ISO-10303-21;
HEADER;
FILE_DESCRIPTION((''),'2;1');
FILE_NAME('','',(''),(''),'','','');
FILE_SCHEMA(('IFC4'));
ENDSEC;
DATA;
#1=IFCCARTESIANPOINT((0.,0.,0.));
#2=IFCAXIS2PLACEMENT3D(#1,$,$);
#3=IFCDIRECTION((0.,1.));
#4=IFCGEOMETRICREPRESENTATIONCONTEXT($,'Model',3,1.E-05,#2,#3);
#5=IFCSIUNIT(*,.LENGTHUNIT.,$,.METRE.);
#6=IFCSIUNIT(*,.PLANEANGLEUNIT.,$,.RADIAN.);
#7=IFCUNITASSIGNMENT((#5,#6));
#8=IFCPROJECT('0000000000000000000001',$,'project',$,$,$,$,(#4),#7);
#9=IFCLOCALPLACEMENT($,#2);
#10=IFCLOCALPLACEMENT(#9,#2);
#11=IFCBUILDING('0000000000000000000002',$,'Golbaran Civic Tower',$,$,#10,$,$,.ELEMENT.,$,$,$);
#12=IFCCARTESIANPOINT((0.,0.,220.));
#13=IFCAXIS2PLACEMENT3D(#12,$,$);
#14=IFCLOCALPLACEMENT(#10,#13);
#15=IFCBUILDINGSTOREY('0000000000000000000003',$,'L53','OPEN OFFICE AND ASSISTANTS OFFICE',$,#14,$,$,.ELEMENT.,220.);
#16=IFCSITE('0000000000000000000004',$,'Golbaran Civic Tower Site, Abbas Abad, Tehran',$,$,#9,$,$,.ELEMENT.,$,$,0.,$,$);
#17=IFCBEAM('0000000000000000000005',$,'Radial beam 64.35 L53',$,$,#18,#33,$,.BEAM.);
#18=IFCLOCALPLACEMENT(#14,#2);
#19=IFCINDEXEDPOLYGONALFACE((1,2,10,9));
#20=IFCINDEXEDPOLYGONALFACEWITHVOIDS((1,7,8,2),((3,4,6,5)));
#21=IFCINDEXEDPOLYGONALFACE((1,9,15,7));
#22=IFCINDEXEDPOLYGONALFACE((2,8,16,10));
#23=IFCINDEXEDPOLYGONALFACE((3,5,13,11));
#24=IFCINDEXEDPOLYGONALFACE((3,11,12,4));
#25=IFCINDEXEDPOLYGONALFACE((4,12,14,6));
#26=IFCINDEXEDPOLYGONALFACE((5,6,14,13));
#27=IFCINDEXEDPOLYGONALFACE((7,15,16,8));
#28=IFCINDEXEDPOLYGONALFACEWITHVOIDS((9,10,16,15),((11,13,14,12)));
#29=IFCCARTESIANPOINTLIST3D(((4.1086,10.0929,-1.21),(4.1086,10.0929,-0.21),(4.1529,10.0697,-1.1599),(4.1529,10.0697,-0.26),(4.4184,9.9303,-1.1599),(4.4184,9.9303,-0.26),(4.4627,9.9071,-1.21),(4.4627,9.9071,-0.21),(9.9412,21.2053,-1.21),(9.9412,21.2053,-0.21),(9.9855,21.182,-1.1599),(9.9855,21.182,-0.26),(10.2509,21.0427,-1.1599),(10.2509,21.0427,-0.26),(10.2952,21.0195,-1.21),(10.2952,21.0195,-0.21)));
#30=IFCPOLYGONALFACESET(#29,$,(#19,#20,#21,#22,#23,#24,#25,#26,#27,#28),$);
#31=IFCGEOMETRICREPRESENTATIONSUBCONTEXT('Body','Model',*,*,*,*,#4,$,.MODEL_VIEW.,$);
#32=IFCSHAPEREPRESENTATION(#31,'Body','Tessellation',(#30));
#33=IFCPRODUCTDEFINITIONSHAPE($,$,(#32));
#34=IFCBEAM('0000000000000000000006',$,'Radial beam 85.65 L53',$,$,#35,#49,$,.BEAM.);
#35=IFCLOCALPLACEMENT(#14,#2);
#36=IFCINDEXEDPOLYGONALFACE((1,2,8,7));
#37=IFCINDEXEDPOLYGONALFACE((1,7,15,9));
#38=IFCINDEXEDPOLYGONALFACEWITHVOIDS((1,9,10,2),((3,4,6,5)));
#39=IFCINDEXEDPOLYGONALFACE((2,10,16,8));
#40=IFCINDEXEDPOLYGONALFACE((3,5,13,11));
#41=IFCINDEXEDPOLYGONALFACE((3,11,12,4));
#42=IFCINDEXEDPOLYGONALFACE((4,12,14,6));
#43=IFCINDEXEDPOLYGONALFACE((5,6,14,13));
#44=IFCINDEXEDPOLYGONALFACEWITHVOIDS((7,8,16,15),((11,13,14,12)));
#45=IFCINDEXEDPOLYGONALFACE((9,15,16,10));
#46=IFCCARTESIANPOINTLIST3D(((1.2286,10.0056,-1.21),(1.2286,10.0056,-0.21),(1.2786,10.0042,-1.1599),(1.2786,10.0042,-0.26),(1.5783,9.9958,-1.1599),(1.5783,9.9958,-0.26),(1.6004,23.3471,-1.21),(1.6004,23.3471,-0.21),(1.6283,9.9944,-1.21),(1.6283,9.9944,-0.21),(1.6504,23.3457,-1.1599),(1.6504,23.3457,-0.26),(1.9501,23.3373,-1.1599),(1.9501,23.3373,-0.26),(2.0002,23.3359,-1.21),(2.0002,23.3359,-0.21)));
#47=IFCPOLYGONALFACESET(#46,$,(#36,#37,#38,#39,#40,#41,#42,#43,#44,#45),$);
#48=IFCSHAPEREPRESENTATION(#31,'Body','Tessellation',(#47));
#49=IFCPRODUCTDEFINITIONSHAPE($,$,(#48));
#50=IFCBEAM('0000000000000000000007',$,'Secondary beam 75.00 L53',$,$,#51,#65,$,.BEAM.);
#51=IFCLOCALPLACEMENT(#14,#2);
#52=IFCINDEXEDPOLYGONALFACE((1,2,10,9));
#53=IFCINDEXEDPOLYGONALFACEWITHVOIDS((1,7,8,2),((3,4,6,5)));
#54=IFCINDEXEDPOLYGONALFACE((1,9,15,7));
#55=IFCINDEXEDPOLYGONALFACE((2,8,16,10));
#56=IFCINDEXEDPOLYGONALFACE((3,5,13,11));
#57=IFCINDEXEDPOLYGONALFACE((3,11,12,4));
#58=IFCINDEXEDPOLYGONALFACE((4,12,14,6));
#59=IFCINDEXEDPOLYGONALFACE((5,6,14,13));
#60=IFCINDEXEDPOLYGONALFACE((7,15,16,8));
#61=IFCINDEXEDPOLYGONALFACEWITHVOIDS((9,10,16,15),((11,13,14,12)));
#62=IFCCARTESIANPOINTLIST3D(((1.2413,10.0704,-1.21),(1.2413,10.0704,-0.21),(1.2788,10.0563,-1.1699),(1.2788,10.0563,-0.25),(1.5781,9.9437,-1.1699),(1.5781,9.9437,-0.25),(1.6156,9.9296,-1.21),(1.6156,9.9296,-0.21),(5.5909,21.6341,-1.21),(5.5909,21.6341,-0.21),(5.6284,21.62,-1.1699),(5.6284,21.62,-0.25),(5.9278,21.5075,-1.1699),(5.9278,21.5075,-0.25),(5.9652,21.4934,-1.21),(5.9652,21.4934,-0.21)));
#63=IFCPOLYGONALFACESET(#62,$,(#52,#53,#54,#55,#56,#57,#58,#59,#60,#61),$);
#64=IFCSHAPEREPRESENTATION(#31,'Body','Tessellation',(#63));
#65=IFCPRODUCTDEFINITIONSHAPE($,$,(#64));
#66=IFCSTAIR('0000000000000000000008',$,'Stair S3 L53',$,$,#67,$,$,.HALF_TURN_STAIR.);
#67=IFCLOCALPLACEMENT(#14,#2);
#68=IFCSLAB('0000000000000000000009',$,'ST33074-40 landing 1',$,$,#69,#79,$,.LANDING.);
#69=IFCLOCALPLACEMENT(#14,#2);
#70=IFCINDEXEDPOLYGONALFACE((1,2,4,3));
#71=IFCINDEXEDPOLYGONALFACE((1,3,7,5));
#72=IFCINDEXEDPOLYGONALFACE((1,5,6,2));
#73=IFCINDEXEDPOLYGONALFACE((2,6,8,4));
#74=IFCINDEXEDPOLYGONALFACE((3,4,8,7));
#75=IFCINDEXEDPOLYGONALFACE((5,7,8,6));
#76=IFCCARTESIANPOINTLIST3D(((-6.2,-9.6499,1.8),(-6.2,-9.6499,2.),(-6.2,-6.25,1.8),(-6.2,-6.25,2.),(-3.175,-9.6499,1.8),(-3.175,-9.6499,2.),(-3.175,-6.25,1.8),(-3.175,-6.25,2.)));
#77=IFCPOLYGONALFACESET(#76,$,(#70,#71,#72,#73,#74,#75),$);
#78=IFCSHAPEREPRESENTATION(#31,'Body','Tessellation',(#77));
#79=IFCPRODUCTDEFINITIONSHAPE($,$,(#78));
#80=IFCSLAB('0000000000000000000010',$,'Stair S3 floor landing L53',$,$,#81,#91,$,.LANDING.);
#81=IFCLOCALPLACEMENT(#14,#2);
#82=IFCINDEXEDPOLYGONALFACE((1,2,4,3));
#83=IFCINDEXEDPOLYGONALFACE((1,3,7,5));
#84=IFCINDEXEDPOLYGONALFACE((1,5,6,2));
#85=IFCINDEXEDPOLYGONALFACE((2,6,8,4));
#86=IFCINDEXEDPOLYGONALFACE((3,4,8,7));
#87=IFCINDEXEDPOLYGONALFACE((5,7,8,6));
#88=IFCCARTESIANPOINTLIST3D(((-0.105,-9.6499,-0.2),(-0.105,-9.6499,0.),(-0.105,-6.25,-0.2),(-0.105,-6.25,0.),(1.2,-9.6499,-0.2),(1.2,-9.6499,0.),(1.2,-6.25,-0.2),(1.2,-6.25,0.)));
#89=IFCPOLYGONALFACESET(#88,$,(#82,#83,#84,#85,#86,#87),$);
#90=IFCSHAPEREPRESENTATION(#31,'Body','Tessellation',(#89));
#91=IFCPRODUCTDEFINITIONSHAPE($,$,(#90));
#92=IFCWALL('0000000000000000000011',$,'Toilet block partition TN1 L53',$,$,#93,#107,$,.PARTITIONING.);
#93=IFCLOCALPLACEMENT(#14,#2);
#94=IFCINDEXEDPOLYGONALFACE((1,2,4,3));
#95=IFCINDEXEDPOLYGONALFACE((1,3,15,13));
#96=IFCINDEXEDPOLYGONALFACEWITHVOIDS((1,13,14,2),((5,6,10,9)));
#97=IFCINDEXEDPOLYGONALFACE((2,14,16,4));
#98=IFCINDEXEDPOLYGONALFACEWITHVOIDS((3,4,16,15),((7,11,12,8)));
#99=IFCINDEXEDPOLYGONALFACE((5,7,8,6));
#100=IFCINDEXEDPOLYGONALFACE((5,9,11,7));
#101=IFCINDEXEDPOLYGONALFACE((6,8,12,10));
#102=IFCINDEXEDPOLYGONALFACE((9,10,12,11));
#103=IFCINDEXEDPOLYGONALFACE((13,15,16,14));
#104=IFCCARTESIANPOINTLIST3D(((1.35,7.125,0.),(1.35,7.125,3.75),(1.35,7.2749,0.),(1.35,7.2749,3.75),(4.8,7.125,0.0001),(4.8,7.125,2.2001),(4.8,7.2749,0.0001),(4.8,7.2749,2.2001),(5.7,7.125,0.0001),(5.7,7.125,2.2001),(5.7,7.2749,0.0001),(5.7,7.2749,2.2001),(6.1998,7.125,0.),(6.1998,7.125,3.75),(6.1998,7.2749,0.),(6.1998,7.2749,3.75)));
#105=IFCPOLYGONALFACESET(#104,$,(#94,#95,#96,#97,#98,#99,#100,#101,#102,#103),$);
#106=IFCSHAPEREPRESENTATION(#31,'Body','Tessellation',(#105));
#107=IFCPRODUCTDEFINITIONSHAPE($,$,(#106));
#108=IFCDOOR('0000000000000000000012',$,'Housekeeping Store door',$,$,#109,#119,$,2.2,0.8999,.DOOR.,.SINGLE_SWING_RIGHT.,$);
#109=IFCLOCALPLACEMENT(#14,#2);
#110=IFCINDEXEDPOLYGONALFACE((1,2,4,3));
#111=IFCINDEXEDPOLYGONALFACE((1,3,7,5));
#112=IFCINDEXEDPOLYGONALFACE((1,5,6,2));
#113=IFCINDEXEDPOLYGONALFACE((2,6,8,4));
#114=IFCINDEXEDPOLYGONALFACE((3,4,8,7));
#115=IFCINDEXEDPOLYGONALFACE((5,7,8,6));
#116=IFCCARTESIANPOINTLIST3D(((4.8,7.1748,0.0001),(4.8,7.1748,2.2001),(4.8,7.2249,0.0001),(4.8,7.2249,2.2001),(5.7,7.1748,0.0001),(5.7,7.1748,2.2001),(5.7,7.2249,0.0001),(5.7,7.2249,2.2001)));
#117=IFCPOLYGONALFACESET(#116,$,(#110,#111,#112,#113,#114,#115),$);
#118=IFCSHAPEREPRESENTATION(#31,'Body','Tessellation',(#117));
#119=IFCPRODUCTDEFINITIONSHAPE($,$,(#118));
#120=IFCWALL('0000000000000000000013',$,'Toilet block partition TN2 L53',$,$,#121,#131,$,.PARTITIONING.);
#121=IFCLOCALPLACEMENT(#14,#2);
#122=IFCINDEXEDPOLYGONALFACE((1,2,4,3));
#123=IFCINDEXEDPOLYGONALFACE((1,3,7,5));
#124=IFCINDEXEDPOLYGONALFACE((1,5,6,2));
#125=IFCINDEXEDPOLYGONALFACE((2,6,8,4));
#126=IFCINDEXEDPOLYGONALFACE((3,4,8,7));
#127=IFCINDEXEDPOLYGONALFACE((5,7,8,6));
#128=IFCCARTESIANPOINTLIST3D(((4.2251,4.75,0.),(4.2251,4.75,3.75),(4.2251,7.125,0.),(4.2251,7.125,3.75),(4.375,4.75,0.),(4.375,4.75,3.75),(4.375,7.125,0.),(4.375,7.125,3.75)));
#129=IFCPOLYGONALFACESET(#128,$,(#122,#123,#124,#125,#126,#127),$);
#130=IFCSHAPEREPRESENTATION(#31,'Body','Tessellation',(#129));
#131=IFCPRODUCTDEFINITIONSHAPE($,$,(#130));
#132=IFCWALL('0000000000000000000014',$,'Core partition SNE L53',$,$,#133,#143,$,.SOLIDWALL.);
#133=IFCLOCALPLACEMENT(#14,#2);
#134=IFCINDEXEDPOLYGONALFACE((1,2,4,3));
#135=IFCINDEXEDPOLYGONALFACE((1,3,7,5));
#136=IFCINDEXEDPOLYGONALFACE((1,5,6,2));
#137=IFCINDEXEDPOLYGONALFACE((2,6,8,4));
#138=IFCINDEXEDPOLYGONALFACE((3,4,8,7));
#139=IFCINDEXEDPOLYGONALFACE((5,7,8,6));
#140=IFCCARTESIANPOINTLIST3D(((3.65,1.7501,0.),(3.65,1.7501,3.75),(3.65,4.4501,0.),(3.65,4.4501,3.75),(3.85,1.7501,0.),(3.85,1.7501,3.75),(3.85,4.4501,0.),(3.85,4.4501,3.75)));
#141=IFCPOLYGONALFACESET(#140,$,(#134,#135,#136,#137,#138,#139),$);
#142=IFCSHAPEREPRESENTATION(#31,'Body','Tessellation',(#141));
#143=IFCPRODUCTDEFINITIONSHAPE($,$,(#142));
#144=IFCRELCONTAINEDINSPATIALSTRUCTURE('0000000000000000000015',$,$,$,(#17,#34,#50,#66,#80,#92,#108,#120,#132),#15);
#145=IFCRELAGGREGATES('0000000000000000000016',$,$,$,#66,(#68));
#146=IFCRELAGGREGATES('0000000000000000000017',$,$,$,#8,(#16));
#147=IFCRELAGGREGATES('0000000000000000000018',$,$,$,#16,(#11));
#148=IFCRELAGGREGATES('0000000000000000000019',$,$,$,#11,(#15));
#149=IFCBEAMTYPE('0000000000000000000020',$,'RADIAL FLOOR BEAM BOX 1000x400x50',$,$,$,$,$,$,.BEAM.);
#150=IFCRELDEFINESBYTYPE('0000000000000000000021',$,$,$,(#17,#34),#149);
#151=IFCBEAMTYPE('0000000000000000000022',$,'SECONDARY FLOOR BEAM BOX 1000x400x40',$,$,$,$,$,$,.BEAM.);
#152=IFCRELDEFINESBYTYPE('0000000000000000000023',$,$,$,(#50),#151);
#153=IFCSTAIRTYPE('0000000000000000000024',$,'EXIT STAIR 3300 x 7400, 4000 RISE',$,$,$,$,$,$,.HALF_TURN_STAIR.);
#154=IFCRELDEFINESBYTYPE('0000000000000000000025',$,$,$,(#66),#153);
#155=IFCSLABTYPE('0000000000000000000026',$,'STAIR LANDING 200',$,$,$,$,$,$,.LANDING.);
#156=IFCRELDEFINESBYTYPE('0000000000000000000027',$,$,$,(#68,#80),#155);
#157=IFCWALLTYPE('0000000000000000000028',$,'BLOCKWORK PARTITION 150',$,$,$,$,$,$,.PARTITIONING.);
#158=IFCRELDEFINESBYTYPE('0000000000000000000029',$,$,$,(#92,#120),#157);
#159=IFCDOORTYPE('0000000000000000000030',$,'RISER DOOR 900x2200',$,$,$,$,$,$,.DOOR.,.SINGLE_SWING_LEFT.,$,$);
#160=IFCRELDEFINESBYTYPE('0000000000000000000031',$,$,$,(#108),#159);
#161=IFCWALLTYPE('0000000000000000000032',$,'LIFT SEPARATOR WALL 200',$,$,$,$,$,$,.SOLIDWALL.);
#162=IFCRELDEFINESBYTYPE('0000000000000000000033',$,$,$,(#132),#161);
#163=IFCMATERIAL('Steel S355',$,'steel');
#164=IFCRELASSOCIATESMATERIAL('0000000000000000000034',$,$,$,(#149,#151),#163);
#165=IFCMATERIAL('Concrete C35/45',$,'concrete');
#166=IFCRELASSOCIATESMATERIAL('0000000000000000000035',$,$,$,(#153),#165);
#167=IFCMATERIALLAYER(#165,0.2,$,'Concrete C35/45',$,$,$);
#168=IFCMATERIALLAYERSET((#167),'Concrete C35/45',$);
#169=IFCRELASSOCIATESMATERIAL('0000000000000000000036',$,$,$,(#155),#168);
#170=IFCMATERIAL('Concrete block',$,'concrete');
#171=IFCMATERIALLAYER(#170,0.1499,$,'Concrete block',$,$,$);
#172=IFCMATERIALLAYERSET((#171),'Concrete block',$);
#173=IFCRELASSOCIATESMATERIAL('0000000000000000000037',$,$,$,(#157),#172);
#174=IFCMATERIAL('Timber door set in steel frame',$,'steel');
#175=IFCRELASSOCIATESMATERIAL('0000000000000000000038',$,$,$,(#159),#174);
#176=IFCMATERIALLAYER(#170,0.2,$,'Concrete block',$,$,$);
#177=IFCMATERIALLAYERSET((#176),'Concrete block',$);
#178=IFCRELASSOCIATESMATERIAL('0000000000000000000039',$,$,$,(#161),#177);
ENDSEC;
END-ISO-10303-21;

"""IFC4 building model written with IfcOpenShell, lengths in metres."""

from ifc_helpers import new_model, si_unit, direction, frame, frame_2d, origin, origin_2d, place, context, subcontext, project, spatial, polyline, rectangle, hollow_rectangle, outline, extrude, material, layer, layer_set, material_profile, profile_set, type_object, element, fill, aggregate, save


model = new_model("IFC4")

# Units and contexts
model_context = context("Model", 3, precision=1e-05, world=origin(), true_north=direction((0.0, 1.0)))
body_context = subcontext(model_context, "Body", "Model", "MODEL_VIEW")
ifc_project = project(units=[si_unit("LENGTHUNIT", "METRE"), si_unit("PLANEANGLEUNIT", "RADIAN")], contexts=[model_context])

# Site, building, storey
site_placement = place(None, origin())
site = spatial("IfcSite", under=ifc_project, at=site_placement, Name="Golbaran Civic Tower Site, Abbas Abad, Tehran", CompositionType="ELEMENT", RefElevation=0.0)
building_placement = place(site_placement, origin())
building = spatial("IfcBuilding", under=site, at=building_placement, Name="Golbaran Civic Tower", CompositionType="ELEMENT")
storey_placement = place(building_placement, frame((0.0, 0.0, 220.0)))
storey = spatial("IfcBuildingStorey", under=building, at=storey_placement, Name="L53", Description="OPEN OFFICE AND ASSISTANTS OFFICE", CompositionType="ELEMENT", Elevation=220.0)

# Beams
ifc_material_1 = material(Name="Steel S355", Category="steel")
ifc_material_profile_1 = material_profile(ifc_material_1, hollow_rectangle(XDim=0.3999, YDim=1.0, WallThickness=0.05, at=origin_2d()), Name="BOX 1000x400x50")
ifc_profile_set_1 = profile_set([ifc_material_profile_1], Name="Steel S355")
beam_type_1 = type_object("IfcBeamType", Name="RADIAL FLOOR BEAM BOX 1000x400x50", PredefinedType="BEAM", material=ifc_profile_set_1)
beam_1_placement = place(storey_placement, frame((4.2856, 10.0, -0.71), z_axis=(0.464744, 0.885445, 0.0), x_axis=(-0.885445, 0.464744, 0.0)))
element("IfcBeam", 1, at=beam_1_placement, inside=storey, type_object=beam_type_1, Name="Radial beam 64.35 L53", PredefinedType="BEAM", context=body_context, shape_type="SweptSolid", body=[
    extrude(hollow_rectangle(XDim=0.3999, YDim=1.0, WallThickness=0.05, at=origin_2d()), origin(), (0.0, 0.0, 1.0), 12.55),
])
beam_2_placement = place(storey_placement, frame((1.4285, 10.0, -0.71), z_axis=(0.027859, 0.999612, 0.0), x_axis=(-0.999612, 0.027859, 0.0)))
element("IfcBeam", 2, at=beam_2_placement, inside=storey, type_object=beam_type_1, Name="Radial beam 85.65 L53", PredefinedType="BEAM", context=body_context, shape_type="SweptSolid", body=[
    extrude(hollow_rectangle(XDim=0.3999, YDim=1.0, WallThickness=0.05, at=origin_2d()), origin(), (0.0, 0.0, 1.0), 13.3467),
])
ifc_material_profile_2 = material_profile(ifc_material_1, hollow_rectangle(XDim=0.3999, YDim=1.0, WallThickness=0.04, at=origin_2d()), Name="BOX 1000x400x40")
ifc_profile_set_2 = profile_set([ifc_material_profile_2], Name="Steel S355")
beam_type_2 = type_object("IfcBeamType", Name="SECONDARY FLOOR BEAM BOX 1000x400x40", PredefinedType="BEAM", material=ifc_profile_set_2)
beam_3_placement = place(storey_placement, frame((1.4285, 10.0, -0.71), z_axis=(0.352061, 0.935977, 0.0), x_axis=(-0.935977, 0.352061, 0.0)))
element("IfcBeam", 3, at=beam_3_placement, inside=storey, type_object=beam_type_2, Name="Secondary beam 75.00 L53", PredefinedType="BEAM", context=body_context, shape_type="SweptSolid", body=[
    extrude(hollow_rectangle(XDim=0.3999, YDim=1.0, WallThickness=0.04, at=origin_2d()), origin(), (0.0, 0.0, 1.0), 12.3547),
])

# Stair, slab
ifc_material_2 = material(Name="Concrete C35/45", Category="concrete")
stair_type = type_object("IfcStairType", Name="EXIT STAIR 3300 x 7400, 4000 RISE", PredefinedType="HALF_TURN_STAIR", material=ifc_material_2)
stair_placement = place(storey_placement, origin())
stair = element("IfcStair", 4, at=stair_placement, inside=storey, type_object=stair_type, Name="Stair S3 L53", PredefinedType="HALF_TURN_STAIR")
ifc_layer_1 = layer(ifc_material_2, 0.2, Name="Concrete C35/45")
ifc_layer_set_1 = layer_set([ifc_layer_1], Name="Concrete C35/45")
slab_type = type_object("IfcSlabType", Name="STAIR LANDING 200", PredefinedType="LANDING", material=ifc_layer_set_1)
slab_1_placement = place(storey_placement, frame((0.0, 0.0, 1.8)))
slab_1 = element("IfcSlab", 5, at=slab_1_placement, type_object=slab_type, Name="ST33074-40 landing 1", PredefinedType="LANDING", context=body_context, shape_type="SweptSolid", body=[
    extrude(outline(polyline([(-3.175, -9.6499), (-6.2, -9.6499), (-6.2, -6.25), (-3.175, -6.25), (-3.175, -9.6499)])), origin(), (0.0, 0.0, 1.0), 0.2),
])
aggregate(stair, [slab_1])

# Slab
slab_2_placement = place(storey_placement, frame((0.0, 0.0, -0.2)))
element("IfcSlab", 6, at=slab_2_placement, inside=storey, type_object=slab_type, Name="Stair S3 floor landing L53", PredefinedType="LANDING", context=body_context, shape_type="SweptSolid", body=[
    extrude(outline(polyline([(1.2, -9.6499), (-0.105, -9.6499), (-0.105, -6.25), (1.2, -6.25), (1.2, -9.6499)])), origin(), (0.0, 0.0, 1.0), 0.2),
])

# Wall, opening, door
ifc_material_3 = material(Name="Concrete block", Category="concrete")
ifc_layer_2 = layer(ifc_material_3, 0.1499, Name="Concrete block")
ifc_layer_set_2 = layer_set([ifc_layer_2], Name="Concrete block")
wall_type_1 = type_object("IfcWallType", Name="BLOCKWORK PARTITION 150", PredefinedType="PARTITIONING", material=ifc_layer_set_2)
wall_1_placement = place(storey_placement, frame((1.3501, 7.2, 0.0), z_axis=(0.0, 0.0, 1.0), x_axis=(1.0, 0.0, 0.0)))
wall_1 = element("IfcWall", 7, at=wall_1_placement, inside=storey, type_object=wall_type_1, Name="Toilet block partition TN1 L53", PredefinedType="PARTITIONING", context=body_context, shape_type="SweptSolid", body=[
    extrude(rectangle(XDim=4.8499, YDim=0.1499, at=frame_2d((2.4248, 0.0))), origin(), (0.0, 0.0, 1.0), 3.75),
])
opening_1_placement = place(wall_1_placement, frame((3.45, 0.0, 0.0)))
opening_1 = element("IfcOpeningElement", 8, at=opening_1_placement, cuts=wall_1, PredefinedType="OPENING", context=body_context, shape_type="SweptSolid", body=[
    extrude(rectangle(XDim=0.8999, YDim=2.2, at=frame_2d((0.45, 1.1001))), frame((0.0, 0.085, 0.0), z_axis=(0.0, -1.0, 0.0), x_axis=(1.0, 0.0, 0.0)), (0.0, 0.0, 1.0), 0.1699),
])
ifc_material_4 = material(Name="Timber door set in steel frame", Category="steel")
door_type_1 = type_object("IfcDoorType", Name="RISER DOOR 900x2200", OperationType="SINGLE_SWING_LEFT", PredefinedType="DOOR", material=ifc_material_4)
door_1_placement = place(opening_1_placement, origin())
door_1 = element("IfcDoor", 9, at=door_1_placement, inside=storey, type_object=door_type_1, Name="Housekeeping Store door", OperationType="SINGLE_SWING_RIGHT", OverallHeight=2.2, OverallWidth=0.8999, PredefinedType="DOOR", context=body_context, shape_type="SweptSolid", body=[
    extrude(rectangle(XDim=0.8999, YDim=2.2, at=frame_2d((0.45, 1.1001))), frame((0.0, 0.0249, 0.0), z_axis=(0.0, -1.0, 0.0), x_axis=(1.0, 0.0, 0.0)), (0.0, 0.0, 1.0), 0.05),
])
fill(opening_1, door_1)

# Walls
wall_2_placement = place(storey_placement, frame((4.3, 4.75, 0.0), z_axis=(0.0, 0.0, 1.0), x_axis=(0.0, 1.0, 0.0)))
element("IfcWall", 10, at=wall_2_placement, inside=storey, type_object=wall_type_1, Name="Toilet block partition TN2 L53", PredefinedType="PARTITIONING", context=body_context, shape_type="SweptSolid", body=[
    extrude(rectangle(XDim=2.375, YDim=0.1499, at=frame_2d((1.1875, 0.0))), origin(), (0.0, 0.0, 1.0), 3.75),
])
ifc_layer_3 = layer(ifc_material_3, 0.2, Name="Concrete block")
ifc_layer_set_3 = layer_set([ifc_layer_3], Name="Concrete block")
wall_type_2 = type_object("IfcWallType", Name="LIFT SEPARATOR WALL 200", PredefinedType="SOLIDWALL", material=ifc_layer_set_3)
wall_3_placement = place(storey_placement, frame((3.75, 1.75, 0.0), z_axis=(0.0, 0.0, 1.0), x_axis=(0.0, 1.0, 0.0)))
element("IfcWall", 11, at=wall_3_placement, inside=storey, type_object=wall_type_2, Name="Core partition SNE L53", PredefinedType="SOLIDWALL", context=body_context, shape_type="SweptSolid", body=[
    extrude(rectangle(XDim=2.7, YDim=0.2, at=frame_2d((1.3501, 0.0))), origin(), (0.0, 0.0, 1.0), 3.75),
])

save(model, "model.ifc")
